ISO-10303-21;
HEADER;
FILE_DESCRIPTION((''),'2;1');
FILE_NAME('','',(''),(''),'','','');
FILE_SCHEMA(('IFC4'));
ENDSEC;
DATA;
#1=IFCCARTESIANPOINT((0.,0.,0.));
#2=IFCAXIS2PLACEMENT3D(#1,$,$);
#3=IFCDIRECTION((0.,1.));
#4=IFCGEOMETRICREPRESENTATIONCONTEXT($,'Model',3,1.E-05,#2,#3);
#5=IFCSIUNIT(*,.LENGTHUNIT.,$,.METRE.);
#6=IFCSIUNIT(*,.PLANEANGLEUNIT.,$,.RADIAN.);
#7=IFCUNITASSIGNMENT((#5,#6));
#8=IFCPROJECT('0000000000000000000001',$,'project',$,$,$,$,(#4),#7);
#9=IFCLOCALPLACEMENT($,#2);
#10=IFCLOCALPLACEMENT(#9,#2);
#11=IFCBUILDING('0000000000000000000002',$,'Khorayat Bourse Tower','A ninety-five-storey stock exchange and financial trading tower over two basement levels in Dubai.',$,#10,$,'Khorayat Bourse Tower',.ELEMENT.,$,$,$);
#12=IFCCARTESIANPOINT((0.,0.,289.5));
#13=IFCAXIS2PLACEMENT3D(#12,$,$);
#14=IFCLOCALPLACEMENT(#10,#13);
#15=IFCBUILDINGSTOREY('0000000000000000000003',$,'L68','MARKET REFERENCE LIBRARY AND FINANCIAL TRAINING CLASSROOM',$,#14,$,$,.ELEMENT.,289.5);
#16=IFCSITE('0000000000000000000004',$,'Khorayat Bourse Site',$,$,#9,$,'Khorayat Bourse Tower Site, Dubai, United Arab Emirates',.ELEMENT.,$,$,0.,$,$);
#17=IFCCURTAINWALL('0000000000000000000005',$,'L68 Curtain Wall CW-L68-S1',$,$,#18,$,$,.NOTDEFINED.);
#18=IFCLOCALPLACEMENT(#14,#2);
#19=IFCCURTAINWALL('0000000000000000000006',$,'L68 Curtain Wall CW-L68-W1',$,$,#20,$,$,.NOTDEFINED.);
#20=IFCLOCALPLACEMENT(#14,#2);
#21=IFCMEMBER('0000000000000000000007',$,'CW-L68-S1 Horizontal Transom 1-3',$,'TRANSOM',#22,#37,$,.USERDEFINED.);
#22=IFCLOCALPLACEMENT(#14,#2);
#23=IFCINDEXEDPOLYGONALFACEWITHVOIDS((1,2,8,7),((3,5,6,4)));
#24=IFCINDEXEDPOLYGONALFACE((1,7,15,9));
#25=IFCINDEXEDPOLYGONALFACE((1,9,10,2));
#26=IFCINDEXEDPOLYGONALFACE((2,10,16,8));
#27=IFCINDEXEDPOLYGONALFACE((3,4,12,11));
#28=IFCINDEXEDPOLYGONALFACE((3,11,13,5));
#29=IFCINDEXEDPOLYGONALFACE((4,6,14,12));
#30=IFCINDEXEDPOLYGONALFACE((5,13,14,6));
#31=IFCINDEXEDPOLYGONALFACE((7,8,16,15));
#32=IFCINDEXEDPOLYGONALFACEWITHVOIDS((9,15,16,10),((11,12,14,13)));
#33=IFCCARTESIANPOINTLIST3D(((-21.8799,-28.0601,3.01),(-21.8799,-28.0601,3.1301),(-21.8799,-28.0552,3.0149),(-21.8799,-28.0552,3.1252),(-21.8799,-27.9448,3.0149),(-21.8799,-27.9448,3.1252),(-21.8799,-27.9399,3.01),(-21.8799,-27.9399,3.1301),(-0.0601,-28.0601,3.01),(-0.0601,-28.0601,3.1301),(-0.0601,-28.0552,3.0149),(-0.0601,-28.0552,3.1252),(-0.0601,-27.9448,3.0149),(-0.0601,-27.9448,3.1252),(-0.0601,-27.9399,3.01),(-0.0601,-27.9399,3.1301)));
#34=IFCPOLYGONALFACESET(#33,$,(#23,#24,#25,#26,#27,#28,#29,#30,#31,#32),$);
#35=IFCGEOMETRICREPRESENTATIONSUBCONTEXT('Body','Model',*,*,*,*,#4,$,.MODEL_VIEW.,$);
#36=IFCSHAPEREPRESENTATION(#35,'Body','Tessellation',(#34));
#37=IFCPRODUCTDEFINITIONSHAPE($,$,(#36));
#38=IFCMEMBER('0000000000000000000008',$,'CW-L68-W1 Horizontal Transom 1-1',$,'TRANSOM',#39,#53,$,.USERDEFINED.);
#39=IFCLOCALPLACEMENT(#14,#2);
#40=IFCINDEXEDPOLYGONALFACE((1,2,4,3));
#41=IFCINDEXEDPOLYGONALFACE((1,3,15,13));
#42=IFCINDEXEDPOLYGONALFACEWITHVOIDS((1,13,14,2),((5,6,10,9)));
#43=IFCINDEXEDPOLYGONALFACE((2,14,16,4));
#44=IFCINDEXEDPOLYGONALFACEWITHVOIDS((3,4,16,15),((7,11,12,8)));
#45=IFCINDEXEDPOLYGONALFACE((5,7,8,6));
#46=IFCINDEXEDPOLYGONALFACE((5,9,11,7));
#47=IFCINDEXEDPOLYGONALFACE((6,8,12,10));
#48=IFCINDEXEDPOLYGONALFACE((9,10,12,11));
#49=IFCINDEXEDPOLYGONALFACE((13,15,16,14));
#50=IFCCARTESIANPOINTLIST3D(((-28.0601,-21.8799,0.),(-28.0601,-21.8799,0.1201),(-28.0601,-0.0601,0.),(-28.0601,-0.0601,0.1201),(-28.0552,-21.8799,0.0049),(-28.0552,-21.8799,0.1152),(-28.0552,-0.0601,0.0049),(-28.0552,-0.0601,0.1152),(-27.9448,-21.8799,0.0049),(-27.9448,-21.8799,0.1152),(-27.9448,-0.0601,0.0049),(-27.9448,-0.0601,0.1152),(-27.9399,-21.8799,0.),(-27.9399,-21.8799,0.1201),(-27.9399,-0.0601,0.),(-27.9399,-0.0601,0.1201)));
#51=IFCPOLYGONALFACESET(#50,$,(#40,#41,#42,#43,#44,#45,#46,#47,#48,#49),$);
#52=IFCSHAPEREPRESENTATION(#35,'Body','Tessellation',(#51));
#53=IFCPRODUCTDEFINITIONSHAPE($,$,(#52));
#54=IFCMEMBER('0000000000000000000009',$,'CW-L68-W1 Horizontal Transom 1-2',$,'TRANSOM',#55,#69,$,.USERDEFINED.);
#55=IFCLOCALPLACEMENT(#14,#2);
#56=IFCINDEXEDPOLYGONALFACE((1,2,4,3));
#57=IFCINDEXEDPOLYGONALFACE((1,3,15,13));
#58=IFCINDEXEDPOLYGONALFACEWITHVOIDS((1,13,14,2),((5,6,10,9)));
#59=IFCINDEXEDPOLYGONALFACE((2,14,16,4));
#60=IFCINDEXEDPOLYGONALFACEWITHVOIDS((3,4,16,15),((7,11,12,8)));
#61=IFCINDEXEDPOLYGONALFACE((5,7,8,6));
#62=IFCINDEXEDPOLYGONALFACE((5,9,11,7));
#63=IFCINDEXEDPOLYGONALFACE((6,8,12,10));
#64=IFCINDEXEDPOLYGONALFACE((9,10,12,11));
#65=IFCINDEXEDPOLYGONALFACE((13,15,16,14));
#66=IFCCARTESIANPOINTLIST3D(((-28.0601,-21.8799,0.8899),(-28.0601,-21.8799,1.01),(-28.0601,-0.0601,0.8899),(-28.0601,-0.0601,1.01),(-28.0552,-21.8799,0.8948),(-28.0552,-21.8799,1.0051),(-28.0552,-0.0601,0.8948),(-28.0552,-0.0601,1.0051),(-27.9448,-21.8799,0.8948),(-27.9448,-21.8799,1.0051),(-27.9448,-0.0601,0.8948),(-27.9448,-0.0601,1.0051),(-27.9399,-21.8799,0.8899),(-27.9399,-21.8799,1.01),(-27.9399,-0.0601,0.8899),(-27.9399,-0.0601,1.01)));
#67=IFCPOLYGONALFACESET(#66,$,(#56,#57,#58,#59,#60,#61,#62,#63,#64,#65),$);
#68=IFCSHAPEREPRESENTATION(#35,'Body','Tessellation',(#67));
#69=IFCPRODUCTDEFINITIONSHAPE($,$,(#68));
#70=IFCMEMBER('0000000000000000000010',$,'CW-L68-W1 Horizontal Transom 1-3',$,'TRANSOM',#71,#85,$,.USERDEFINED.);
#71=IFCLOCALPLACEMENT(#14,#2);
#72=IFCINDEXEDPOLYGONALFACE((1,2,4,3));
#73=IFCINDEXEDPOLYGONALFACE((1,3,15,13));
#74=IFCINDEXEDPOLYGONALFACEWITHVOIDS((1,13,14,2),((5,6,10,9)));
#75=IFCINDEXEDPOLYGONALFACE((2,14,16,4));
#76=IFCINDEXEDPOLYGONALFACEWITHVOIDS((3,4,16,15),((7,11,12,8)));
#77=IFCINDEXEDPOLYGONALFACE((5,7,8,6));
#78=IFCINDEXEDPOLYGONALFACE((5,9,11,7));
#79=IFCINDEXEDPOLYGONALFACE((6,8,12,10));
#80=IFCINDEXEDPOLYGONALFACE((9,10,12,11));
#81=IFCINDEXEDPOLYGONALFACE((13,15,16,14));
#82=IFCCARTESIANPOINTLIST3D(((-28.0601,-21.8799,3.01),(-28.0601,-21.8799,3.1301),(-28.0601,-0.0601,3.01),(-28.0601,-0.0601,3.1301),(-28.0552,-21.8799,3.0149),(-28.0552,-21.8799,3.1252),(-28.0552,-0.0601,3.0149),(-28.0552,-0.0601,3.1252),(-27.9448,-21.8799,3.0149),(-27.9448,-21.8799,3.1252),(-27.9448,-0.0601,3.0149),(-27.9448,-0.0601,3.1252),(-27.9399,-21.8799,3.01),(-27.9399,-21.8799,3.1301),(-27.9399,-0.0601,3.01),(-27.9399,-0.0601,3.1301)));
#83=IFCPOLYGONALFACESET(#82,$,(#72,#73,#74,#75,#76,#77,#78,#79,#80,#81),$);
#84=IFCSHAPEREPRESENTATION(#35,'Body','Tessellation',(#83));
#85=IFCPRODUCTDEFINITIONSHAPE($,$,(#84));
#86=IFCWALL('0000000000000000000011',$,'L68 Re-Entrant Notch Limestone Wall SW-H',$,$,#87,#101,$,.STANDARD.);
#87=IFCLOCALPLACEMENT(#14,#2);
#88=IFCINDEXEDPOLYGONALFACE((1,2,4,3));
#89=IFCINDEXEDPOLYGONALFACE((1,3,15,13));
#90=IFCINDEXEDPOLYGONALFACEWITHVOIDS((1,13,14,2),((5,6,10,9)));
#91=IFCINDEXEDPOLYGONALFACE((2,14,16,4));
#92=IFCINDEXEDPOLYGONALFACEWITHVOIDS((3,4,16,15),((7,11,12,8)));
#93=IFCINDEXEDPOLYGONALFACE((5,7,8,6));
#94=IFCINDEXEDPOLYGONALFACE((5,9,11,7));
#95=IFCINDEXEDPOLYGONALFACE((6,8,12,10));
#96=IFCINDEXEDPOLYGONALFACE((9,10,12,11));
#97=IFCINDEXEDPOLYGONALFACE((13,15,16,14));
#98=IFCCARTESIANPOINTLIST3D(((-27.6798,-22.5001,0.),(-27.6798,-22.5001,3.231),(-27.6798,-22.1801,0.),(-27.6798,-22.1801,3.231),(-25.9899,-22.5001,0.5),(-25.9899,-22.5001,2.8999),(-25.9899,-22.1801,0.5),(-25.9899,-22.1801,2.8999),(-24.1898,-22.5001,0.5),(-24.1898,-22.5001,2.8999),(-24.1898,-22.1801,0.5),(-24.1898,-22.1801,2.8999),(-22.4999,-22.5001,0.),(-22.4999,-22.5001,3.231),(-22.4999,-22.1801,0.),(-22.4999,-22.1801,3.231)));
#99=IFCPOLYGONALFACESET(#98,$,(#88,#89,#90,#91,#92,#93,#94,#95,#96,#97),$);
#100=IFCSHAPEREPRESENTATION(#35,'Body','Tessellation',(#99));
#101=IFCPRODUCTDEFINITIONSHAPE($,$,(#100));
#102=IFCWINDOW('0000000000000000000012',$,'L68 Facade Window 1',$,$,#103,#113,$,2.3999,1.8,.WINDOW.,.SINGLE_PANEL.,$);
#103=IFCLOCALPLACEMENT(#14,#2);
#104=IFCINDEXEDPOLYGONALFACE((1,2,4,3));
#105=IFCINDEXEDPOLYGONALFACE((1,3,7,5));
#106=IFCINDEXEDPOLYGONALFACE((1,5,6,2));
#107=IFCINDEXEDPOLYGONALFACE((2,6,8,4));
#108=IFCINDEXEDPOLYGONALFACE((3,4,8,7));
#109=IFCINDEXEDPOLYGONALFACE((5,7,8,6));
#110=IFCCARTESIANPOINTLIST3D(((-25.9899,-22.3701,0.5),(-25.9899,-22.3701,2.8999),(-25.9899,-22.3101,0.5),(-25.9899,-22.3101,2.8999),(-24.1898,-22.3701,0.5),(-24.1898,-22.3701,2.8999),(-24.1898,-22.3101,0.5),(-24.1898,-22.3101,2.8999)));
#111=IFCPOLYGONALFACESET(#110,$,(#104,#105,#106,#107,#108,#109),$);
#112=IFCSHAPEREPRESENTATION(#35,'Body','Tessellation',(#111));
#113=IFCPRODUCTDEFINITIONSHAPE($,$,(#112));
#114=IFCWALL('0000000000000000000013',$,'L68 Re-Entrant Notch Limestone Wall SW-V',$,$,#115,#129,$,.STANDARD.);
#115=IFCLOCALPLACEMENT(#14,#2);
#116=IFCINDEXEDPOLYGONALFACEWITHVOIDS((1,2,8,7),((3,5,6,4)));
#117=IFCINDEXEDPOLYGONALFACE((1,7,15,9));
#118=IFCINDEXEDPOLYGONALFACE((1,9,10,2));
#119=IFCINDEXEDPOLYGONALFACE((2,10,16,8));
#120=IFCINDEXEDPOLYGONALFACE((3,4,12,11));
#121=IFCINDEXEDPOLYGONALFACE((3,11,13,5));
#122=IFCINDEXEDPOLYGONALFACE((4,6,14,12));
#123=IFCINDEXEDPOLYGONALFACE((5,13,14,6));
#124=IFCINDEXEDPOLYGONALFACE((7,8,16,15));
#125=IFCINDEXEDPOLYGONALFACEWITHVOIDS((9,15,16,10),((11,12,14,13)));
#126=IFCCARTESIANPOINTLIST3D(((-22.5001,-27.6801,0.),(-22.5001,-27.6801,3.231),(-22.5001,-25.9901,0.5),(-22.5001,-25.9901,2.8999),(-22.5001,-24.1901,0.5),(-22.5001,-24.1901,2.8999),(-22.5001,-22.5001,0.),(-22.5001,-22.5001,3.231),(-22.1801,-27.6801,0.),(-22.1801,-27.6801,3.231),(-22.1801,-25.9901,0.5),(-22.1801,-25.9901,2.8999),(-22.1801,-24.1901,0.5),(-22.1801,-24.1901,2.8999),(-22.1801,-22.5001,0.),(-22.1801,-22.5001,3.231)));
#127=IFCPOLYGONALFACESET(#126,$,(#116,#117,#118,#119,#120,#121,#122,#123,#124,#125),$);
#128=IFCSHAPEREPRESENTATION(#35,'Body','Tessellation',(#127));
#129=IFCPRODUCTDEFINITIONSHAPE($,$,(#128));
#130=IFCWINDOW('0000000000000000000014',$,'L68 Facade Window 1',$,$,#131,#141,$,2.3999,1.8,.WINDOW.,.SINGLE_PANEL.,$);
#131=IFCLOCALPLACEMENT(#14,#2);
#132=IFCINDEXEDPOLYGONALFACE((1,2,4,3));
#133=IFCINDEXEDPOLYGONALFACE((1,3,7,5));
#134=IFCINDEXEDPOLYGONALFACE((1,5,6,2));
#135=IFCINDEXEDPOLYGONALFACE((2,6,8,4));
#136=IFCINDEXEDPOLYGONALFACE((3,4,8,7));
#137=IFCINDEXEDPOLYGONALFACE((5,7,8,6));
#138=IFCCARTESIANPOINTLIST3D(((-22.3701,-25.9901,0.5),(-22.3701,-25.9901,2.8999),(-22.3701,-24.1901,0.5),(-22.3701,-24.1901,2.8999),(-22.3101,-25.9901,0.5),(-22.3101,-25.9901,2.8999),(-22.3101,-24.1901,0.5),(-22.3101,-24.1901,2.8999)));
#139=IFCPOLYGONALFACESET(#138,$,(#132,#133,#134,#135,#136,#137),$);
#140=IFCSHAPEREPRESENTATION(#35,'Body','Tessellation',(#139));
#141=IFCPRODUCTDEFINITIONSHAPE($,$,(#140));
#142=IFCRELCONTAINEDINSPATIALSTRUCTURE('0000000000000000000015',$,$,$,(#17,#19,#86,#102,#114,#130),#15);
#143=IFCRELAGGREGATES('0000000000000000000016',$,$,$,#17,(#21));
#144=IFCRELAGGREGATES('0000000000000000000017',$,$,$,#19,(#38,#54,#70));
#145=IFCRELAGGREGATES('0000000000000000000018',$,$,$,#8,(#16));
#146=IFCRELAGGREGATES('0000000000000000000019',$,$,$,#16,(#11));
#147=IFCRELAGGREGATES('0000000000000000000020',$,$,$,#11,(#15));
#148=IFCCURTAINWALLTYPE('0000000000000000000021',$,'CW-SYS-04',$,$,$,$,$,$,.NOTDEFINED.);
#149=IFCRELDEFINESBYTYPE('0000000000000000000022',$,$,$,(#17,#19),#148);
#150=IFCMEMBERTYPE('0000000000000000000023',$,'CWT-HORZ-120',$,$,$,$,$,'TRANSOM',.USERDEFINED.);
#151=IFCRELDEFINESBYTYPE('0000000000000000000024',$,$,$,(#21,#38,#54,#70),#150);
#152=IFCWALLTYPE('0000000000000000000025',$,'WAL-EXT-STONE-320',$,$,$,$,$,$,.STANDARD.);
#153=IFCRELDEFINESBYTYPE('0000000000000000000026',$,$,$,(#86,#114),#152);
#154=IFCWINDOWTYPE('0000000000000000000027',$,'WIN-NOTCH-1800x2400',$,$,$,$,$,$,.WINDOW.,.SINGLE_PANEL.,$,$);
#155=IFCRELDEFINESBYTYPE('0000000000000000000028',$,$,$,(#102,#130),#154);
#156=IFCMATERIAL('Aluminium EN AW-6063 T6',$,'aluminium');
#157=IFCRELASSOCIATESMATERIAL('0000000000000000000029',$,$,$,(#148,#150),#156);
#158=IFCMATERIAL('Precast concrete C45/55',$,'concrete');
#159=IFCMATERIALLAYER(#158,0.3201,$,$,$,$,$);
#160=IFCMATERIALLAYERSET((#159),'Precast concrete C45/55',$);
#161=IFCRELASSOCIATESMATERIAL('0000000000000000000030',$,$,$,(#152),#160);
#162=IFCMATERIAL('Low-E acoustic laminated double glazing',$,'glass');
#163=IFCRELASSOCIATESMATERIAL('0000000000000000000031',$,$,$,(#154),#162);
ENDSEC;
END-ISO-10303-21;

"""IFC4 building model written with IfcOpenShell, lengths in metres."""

from ifc_helpers import new_model, si_unit, direction, frame, frame_2d, origin, origin_2d, place, context, subcontext, project, spatial, rectangle, hollow_rectangle, extrude, source, transform, mapped, material, layer, layer_set, material_profile, profile_set, type_object, element, fill, aggregate, save


model = new_model("IFC4")

# Units and contexts
model_context = context("Model", 3, precision=1e-05, world=origin(), true_north=direction((0.0, 1.0)))
body_context = subcontext(model_context, "Body", "Model", "MODEL_VIEW")
ifc_project = project(units=[si_unit("LENGTHUNIT", "METRE"), si_unit("PLANEANGLEUNIT", "RADIAN")], contexts=[model_context])

# Site, building, storey
site_placement = place(None, origin())
site = spatial("IfcSite", under=ifc_project, at=site_placement, Name="Khorayat Bourse Site", LongName="Khorayat Bourse Tower Site, Dubai, United Arab Emirates", CompositionType="ELEMENT", RefElevation=0.0)
building_placement = place(site_placement, origin())
building = spatial("IfcBuilding", under=site, at=building_placement, Name="Khorayat Bourse Tower", Description="A ninety-five-storey stock exchange and financial trading tower over two basement levels in Dubai.", LongName="Khorayat Bourse Tower", CompositionType="ELEMENT")
storey_placement = place(building_placement, frame((0.0, 0.0, 289.5)))
storey = spatial("IfcBuildingStorey", under=building, at=storey_placement, Name="L68", Description="MARKET REFERENCE LIBRARY AND FINANCIAL TRAINING CLASSROOM", CompositionType="ELEMENT", Elevation=289.5)

# Curtain wall
ifc_material_1 = material(Name="Aluminium EN AW-6063 T6", Category="aluminium")
curtain_wall_type = type_object("IfcCurtainWallType", Name="CW-SYS-04", PredefinedType="NOTDEFINED", material=ifc_material_1)
curtain_wall_1_placement = place(storey_placement, origin())
curtain_wall_1 = element("IfcCurtainWall", 1, at=curtain_wall_1_placement, inside=storey, type_object=curtain_wall_type, Name="L68 Curtain Wall CW-L68-S1", PredefinedType="NOTDEFINED")

# Curtain wall
curtain_wall_2_placement = place(storey_placement, origin())
curtain_wall_2 = element("IfcCurtainWall", 2, at=curtain_wall_2_placement, inside=storey, type_object=curtain_wall_type, Name="L68 Curtain Wall CW-L68-W1", PredefinedType="NOTDEFINED")

# Members
ifc_material_profile_1 = material_profile(ifc_material_1, hollow_rectangle(XDim=0.1201, YDim=0.1201, WallThickness=0.0049, at=origin_2d()), Name="ALU 120x120x5")
ifc_profile_set_1 = profile_set([ifc_material_profile_1], Name="Aluminium EN AW-6063 T6")
member_type_1 = type_object("IfcMemberType", Name="CWT-HORZ-120", ElementType="TRANSOM", PredefinedType="USERDEFINED", material=ifc_profile_set_1)
shared_shape_1 = source(origin(), body_context, "Body", "SweptSolid", [
    extrude(hollow_rectangle(XDim=0.1201, YDim=0.1201, WallThickness=0.0049, at=origin_2d()), origin(), (0.0, 0.0, 1.0), 21.8198),
])
member_1_placement = place(storey_placement, frame((-21.8799, -28.0, 3.0701), z_axis=(1.0, 0.0, 0.0), x_axis=(0.0, 1.0, 0.0)))
member_1 = element("IfcMember", 3, at=member_1_placement, type_object=member_type_1, Name="CW-L68-S1 Horizontal Transom 1-3", ObjectType="TRANSOM", PredefinedType="USERDEFINED", context=body_context, shape_type="MappedRepresentation", body=[
    mapped(shared_shape_1, transform((0.0, 0.0, 0.0), scale=1.0)),
])
aggregate(curtain_wall_1, [member_1])
member_2_placement = place(storey_placement, frame((-28.0, -21.8799, 0.0601), z_axis=(0.0, 1.0, 0.0), x_axis=(-1.0, 0.0, 0.0)))
member_2 = element("IfcMember", 4, at=member_2_placement, type_object=member_type_1, Name="CW-L68-W1 Horizontal Transom 1-1", ObjectType="TRANSOM", PredefinedType="USERDEFINED", context=body_context, shape_type="MappedRepresentation", body=[
    mapped(shared_shape_1, transform((0.0, 0.0, 0.0), scale=1.0)),
])
member_3_placement = place(storey_placement, frame((-28.0, -21.8799, 0.95), z_axis=(0.0, 1.0, 0.0), x_axis=(-1.0, 0.0, 0.0)))
member_3 = element("IfcMember", 5, at=member_3_placement, type_object=member_type_1, Name="CW-L68-W1 Horizontal Transom 1-2", ObjectType="TRANSOM", PredefinedType="USERDEFINED", context=body_context, shape_type="MappedRepresentation", body=[
    mapped(shared_shape_1, transform((0.0, 0.0, 0.0), scale=1.0)),
])
member_4_placement = place(storey_placement, frame((-28.0, -21.8799, 3.0701), z_axis=(0.0, 1.0, 0.0), x_axis=(-1.0, 0.0, 0.0)))
member_4 = element("IfcMember", 6, at=member_4_placement, type_object=member_type_1, Name="CW-L68-W1 Horizontal Transom 1-3", ObjectType="TRANSOM", PredefinedType="USERDEFINED", context=body_context, shape_type="MappedRepresentation", body=[
    mapped(shared_shape_1, transform((0.0, 0.0, 0.0), scale=1.0)),
])
aggregate(curtain_wall_2, [member_2, member_3, member_4])

# Walls, openings, windows
ifc_material_2 = material(Name="Precast concrete C45/55", Category="concrete")
ifc_layer = layer(ifc_material_2, 0.3201)
ifc_layer_set = layer_set([ifc_layer], Name="Precast concrete C45/55")
wall_type = type_object("IfcWallType", Name="WAL-EXT-STONE-320", PredefinedType="STANDARD", material=ifc_layer_set)
shared_shape_2 = source(origin(), body_context, "Body", "SweptSolid", [
    extrude(rectangle(XDim=5.1799, YDim=0.3201, at=frame_2d((2.5898, 0.0))), origin(), (0.0, 0.0, 1.0), 3.231),
])
wall_1_placement = place(storey_placement, frame((-22.5, -22.3401, 0.0), z_axis=(0.0, 0.0, 1.0), x_axis=(-1.0, 0.0, 0.0)))
wall_1 = element("IfcWall", 7, at=wall_1_placement, inside=storey, type_object=wall_type, Name="L68 Re-Entrant Notch Limestone Wall SW-H", PredefinedType="STANDARD", context=body_context, shape_type="MappedRepresentation", body=[
    mapped(shared_shape_2, transform((0.0, 0.0, 0.0), scale=1.0)),
])
shared_shape_3 = source(origin(), body_context, "Body", "SweptSolid", [
    extrude(rectangle(XDim=1.8, YDim=2.3999, at=frame_2d((0.8999, 1.2))), frame((0.0, 0.1699, 0.0), z_axis=(0.0, -1.0, 0.0), x_axis=(1.0, 0.0, 0.0)), (0.0, 0.0, 1.0), 0.3401),
])
opening_1_placement = place(wall_1_placement, frame((1.6899, 0.0, 0.5)))
opening_1 = element("IfcOpeningElement", 8, at=opening_1_placement, cuts=wall_1, PredefinedType="OPENING", context=body_context, shape_type="MappedRepresentation", body=[
    mapped(shared_shape_3, transform((0.0, 0.0, 0.0), scale=1.0)),
])
ifc_material_3 = material(Name="Low-E acoustic laminated double glazing", Category="glass")
window_type = type_object("IfcWindowType", Name="WIN-NOTCH-1800x2400", PartitioningType="SINGLE_PANEL", PredefinedType="WINDOW", material=ifc_material_3)
shared_shape_4 = source(origin(), body_context, "Body", "SweptSolid", [
    extrude(rectangle(XDim=1.8, YDim=2.3999, at=frame_2d((0.8999, 1.2))), frame((0.0, 0.03, 0.0), z_axis=(0.0, -1.0, 0.0), x_axis=(1.0, 0.0, 0.0)), (0.0, 0.0, 1.0), 0.0601),
])
window_1_placement = place(opening_1_placement, origin())
window_1 = element("IfcWindow", 9, at=window_1_placement, inside=storey, type_object=window_type, Name="L68 Facade Window 1", OverallHeight=2.3999, OverallWidth=1.8, PartitioningType="SINGLE_PANEL", PredefinedType="WINDOW", context=body_context, shape_type="MappedRepresentation", body=[
    mapped(shared_shape_4, transform((0.0, 0.0, 0.0), scale=1.0)),
])
fill(opening_1, window_1)
wall_2_placement = place(storey_placement, frame((-22.3401, -27.6799, 0.0), z_axis=(0.0, 0.0, 1.0), x_axis=(0.0, 1.0, 0.0)))
wall_2 = element("IfcWall", 10, at=wall_2_placement, inside=storey, type_object=wall_type, Name="L68 Re-Entrant Notch Limestone Wall SW-V", PredefinedType="STANDARD", context=body_context, shape_type="MappedRepresentation", body=[
    mapped(shared_shape_2, transform((0.0, 0.0, 0.0), scale=1.0)),
])
opening_2_placement = place(wall_2_placement, frame((1.6899, 0.0, 0.5)))
opening_2 = element("IfcOpeningElement", 11, at=opening_2_placement, cuts=wall_2, PredefinedType="OPENING", context=body_context, shape_type="MappedRepresentation", body=[
    mapped(shared_shape_3, transform((0.0, 0.0, 0.0), scale=1.0)),
])
window_2_placement = place(opening_2_placement, origin())
window_2 = element("IfcWindow", 12, at=window_2_placement, inside=storey, type_object=window_type, Name="L68 Facade Window 1", OverallHeight=2.3999, OverallWidth=1.8, PartitioningType="SINGLE_PANEL", PredefinedType="WINDOW", context=body_context, shape_type="MappedRepresentation", body=[
    mapped(shared_shape_4, transform((0.0, 0.0, 0.0), scale=1.0)),
])
fill(opening_2, window_2)

save(model, "model.ifc")
